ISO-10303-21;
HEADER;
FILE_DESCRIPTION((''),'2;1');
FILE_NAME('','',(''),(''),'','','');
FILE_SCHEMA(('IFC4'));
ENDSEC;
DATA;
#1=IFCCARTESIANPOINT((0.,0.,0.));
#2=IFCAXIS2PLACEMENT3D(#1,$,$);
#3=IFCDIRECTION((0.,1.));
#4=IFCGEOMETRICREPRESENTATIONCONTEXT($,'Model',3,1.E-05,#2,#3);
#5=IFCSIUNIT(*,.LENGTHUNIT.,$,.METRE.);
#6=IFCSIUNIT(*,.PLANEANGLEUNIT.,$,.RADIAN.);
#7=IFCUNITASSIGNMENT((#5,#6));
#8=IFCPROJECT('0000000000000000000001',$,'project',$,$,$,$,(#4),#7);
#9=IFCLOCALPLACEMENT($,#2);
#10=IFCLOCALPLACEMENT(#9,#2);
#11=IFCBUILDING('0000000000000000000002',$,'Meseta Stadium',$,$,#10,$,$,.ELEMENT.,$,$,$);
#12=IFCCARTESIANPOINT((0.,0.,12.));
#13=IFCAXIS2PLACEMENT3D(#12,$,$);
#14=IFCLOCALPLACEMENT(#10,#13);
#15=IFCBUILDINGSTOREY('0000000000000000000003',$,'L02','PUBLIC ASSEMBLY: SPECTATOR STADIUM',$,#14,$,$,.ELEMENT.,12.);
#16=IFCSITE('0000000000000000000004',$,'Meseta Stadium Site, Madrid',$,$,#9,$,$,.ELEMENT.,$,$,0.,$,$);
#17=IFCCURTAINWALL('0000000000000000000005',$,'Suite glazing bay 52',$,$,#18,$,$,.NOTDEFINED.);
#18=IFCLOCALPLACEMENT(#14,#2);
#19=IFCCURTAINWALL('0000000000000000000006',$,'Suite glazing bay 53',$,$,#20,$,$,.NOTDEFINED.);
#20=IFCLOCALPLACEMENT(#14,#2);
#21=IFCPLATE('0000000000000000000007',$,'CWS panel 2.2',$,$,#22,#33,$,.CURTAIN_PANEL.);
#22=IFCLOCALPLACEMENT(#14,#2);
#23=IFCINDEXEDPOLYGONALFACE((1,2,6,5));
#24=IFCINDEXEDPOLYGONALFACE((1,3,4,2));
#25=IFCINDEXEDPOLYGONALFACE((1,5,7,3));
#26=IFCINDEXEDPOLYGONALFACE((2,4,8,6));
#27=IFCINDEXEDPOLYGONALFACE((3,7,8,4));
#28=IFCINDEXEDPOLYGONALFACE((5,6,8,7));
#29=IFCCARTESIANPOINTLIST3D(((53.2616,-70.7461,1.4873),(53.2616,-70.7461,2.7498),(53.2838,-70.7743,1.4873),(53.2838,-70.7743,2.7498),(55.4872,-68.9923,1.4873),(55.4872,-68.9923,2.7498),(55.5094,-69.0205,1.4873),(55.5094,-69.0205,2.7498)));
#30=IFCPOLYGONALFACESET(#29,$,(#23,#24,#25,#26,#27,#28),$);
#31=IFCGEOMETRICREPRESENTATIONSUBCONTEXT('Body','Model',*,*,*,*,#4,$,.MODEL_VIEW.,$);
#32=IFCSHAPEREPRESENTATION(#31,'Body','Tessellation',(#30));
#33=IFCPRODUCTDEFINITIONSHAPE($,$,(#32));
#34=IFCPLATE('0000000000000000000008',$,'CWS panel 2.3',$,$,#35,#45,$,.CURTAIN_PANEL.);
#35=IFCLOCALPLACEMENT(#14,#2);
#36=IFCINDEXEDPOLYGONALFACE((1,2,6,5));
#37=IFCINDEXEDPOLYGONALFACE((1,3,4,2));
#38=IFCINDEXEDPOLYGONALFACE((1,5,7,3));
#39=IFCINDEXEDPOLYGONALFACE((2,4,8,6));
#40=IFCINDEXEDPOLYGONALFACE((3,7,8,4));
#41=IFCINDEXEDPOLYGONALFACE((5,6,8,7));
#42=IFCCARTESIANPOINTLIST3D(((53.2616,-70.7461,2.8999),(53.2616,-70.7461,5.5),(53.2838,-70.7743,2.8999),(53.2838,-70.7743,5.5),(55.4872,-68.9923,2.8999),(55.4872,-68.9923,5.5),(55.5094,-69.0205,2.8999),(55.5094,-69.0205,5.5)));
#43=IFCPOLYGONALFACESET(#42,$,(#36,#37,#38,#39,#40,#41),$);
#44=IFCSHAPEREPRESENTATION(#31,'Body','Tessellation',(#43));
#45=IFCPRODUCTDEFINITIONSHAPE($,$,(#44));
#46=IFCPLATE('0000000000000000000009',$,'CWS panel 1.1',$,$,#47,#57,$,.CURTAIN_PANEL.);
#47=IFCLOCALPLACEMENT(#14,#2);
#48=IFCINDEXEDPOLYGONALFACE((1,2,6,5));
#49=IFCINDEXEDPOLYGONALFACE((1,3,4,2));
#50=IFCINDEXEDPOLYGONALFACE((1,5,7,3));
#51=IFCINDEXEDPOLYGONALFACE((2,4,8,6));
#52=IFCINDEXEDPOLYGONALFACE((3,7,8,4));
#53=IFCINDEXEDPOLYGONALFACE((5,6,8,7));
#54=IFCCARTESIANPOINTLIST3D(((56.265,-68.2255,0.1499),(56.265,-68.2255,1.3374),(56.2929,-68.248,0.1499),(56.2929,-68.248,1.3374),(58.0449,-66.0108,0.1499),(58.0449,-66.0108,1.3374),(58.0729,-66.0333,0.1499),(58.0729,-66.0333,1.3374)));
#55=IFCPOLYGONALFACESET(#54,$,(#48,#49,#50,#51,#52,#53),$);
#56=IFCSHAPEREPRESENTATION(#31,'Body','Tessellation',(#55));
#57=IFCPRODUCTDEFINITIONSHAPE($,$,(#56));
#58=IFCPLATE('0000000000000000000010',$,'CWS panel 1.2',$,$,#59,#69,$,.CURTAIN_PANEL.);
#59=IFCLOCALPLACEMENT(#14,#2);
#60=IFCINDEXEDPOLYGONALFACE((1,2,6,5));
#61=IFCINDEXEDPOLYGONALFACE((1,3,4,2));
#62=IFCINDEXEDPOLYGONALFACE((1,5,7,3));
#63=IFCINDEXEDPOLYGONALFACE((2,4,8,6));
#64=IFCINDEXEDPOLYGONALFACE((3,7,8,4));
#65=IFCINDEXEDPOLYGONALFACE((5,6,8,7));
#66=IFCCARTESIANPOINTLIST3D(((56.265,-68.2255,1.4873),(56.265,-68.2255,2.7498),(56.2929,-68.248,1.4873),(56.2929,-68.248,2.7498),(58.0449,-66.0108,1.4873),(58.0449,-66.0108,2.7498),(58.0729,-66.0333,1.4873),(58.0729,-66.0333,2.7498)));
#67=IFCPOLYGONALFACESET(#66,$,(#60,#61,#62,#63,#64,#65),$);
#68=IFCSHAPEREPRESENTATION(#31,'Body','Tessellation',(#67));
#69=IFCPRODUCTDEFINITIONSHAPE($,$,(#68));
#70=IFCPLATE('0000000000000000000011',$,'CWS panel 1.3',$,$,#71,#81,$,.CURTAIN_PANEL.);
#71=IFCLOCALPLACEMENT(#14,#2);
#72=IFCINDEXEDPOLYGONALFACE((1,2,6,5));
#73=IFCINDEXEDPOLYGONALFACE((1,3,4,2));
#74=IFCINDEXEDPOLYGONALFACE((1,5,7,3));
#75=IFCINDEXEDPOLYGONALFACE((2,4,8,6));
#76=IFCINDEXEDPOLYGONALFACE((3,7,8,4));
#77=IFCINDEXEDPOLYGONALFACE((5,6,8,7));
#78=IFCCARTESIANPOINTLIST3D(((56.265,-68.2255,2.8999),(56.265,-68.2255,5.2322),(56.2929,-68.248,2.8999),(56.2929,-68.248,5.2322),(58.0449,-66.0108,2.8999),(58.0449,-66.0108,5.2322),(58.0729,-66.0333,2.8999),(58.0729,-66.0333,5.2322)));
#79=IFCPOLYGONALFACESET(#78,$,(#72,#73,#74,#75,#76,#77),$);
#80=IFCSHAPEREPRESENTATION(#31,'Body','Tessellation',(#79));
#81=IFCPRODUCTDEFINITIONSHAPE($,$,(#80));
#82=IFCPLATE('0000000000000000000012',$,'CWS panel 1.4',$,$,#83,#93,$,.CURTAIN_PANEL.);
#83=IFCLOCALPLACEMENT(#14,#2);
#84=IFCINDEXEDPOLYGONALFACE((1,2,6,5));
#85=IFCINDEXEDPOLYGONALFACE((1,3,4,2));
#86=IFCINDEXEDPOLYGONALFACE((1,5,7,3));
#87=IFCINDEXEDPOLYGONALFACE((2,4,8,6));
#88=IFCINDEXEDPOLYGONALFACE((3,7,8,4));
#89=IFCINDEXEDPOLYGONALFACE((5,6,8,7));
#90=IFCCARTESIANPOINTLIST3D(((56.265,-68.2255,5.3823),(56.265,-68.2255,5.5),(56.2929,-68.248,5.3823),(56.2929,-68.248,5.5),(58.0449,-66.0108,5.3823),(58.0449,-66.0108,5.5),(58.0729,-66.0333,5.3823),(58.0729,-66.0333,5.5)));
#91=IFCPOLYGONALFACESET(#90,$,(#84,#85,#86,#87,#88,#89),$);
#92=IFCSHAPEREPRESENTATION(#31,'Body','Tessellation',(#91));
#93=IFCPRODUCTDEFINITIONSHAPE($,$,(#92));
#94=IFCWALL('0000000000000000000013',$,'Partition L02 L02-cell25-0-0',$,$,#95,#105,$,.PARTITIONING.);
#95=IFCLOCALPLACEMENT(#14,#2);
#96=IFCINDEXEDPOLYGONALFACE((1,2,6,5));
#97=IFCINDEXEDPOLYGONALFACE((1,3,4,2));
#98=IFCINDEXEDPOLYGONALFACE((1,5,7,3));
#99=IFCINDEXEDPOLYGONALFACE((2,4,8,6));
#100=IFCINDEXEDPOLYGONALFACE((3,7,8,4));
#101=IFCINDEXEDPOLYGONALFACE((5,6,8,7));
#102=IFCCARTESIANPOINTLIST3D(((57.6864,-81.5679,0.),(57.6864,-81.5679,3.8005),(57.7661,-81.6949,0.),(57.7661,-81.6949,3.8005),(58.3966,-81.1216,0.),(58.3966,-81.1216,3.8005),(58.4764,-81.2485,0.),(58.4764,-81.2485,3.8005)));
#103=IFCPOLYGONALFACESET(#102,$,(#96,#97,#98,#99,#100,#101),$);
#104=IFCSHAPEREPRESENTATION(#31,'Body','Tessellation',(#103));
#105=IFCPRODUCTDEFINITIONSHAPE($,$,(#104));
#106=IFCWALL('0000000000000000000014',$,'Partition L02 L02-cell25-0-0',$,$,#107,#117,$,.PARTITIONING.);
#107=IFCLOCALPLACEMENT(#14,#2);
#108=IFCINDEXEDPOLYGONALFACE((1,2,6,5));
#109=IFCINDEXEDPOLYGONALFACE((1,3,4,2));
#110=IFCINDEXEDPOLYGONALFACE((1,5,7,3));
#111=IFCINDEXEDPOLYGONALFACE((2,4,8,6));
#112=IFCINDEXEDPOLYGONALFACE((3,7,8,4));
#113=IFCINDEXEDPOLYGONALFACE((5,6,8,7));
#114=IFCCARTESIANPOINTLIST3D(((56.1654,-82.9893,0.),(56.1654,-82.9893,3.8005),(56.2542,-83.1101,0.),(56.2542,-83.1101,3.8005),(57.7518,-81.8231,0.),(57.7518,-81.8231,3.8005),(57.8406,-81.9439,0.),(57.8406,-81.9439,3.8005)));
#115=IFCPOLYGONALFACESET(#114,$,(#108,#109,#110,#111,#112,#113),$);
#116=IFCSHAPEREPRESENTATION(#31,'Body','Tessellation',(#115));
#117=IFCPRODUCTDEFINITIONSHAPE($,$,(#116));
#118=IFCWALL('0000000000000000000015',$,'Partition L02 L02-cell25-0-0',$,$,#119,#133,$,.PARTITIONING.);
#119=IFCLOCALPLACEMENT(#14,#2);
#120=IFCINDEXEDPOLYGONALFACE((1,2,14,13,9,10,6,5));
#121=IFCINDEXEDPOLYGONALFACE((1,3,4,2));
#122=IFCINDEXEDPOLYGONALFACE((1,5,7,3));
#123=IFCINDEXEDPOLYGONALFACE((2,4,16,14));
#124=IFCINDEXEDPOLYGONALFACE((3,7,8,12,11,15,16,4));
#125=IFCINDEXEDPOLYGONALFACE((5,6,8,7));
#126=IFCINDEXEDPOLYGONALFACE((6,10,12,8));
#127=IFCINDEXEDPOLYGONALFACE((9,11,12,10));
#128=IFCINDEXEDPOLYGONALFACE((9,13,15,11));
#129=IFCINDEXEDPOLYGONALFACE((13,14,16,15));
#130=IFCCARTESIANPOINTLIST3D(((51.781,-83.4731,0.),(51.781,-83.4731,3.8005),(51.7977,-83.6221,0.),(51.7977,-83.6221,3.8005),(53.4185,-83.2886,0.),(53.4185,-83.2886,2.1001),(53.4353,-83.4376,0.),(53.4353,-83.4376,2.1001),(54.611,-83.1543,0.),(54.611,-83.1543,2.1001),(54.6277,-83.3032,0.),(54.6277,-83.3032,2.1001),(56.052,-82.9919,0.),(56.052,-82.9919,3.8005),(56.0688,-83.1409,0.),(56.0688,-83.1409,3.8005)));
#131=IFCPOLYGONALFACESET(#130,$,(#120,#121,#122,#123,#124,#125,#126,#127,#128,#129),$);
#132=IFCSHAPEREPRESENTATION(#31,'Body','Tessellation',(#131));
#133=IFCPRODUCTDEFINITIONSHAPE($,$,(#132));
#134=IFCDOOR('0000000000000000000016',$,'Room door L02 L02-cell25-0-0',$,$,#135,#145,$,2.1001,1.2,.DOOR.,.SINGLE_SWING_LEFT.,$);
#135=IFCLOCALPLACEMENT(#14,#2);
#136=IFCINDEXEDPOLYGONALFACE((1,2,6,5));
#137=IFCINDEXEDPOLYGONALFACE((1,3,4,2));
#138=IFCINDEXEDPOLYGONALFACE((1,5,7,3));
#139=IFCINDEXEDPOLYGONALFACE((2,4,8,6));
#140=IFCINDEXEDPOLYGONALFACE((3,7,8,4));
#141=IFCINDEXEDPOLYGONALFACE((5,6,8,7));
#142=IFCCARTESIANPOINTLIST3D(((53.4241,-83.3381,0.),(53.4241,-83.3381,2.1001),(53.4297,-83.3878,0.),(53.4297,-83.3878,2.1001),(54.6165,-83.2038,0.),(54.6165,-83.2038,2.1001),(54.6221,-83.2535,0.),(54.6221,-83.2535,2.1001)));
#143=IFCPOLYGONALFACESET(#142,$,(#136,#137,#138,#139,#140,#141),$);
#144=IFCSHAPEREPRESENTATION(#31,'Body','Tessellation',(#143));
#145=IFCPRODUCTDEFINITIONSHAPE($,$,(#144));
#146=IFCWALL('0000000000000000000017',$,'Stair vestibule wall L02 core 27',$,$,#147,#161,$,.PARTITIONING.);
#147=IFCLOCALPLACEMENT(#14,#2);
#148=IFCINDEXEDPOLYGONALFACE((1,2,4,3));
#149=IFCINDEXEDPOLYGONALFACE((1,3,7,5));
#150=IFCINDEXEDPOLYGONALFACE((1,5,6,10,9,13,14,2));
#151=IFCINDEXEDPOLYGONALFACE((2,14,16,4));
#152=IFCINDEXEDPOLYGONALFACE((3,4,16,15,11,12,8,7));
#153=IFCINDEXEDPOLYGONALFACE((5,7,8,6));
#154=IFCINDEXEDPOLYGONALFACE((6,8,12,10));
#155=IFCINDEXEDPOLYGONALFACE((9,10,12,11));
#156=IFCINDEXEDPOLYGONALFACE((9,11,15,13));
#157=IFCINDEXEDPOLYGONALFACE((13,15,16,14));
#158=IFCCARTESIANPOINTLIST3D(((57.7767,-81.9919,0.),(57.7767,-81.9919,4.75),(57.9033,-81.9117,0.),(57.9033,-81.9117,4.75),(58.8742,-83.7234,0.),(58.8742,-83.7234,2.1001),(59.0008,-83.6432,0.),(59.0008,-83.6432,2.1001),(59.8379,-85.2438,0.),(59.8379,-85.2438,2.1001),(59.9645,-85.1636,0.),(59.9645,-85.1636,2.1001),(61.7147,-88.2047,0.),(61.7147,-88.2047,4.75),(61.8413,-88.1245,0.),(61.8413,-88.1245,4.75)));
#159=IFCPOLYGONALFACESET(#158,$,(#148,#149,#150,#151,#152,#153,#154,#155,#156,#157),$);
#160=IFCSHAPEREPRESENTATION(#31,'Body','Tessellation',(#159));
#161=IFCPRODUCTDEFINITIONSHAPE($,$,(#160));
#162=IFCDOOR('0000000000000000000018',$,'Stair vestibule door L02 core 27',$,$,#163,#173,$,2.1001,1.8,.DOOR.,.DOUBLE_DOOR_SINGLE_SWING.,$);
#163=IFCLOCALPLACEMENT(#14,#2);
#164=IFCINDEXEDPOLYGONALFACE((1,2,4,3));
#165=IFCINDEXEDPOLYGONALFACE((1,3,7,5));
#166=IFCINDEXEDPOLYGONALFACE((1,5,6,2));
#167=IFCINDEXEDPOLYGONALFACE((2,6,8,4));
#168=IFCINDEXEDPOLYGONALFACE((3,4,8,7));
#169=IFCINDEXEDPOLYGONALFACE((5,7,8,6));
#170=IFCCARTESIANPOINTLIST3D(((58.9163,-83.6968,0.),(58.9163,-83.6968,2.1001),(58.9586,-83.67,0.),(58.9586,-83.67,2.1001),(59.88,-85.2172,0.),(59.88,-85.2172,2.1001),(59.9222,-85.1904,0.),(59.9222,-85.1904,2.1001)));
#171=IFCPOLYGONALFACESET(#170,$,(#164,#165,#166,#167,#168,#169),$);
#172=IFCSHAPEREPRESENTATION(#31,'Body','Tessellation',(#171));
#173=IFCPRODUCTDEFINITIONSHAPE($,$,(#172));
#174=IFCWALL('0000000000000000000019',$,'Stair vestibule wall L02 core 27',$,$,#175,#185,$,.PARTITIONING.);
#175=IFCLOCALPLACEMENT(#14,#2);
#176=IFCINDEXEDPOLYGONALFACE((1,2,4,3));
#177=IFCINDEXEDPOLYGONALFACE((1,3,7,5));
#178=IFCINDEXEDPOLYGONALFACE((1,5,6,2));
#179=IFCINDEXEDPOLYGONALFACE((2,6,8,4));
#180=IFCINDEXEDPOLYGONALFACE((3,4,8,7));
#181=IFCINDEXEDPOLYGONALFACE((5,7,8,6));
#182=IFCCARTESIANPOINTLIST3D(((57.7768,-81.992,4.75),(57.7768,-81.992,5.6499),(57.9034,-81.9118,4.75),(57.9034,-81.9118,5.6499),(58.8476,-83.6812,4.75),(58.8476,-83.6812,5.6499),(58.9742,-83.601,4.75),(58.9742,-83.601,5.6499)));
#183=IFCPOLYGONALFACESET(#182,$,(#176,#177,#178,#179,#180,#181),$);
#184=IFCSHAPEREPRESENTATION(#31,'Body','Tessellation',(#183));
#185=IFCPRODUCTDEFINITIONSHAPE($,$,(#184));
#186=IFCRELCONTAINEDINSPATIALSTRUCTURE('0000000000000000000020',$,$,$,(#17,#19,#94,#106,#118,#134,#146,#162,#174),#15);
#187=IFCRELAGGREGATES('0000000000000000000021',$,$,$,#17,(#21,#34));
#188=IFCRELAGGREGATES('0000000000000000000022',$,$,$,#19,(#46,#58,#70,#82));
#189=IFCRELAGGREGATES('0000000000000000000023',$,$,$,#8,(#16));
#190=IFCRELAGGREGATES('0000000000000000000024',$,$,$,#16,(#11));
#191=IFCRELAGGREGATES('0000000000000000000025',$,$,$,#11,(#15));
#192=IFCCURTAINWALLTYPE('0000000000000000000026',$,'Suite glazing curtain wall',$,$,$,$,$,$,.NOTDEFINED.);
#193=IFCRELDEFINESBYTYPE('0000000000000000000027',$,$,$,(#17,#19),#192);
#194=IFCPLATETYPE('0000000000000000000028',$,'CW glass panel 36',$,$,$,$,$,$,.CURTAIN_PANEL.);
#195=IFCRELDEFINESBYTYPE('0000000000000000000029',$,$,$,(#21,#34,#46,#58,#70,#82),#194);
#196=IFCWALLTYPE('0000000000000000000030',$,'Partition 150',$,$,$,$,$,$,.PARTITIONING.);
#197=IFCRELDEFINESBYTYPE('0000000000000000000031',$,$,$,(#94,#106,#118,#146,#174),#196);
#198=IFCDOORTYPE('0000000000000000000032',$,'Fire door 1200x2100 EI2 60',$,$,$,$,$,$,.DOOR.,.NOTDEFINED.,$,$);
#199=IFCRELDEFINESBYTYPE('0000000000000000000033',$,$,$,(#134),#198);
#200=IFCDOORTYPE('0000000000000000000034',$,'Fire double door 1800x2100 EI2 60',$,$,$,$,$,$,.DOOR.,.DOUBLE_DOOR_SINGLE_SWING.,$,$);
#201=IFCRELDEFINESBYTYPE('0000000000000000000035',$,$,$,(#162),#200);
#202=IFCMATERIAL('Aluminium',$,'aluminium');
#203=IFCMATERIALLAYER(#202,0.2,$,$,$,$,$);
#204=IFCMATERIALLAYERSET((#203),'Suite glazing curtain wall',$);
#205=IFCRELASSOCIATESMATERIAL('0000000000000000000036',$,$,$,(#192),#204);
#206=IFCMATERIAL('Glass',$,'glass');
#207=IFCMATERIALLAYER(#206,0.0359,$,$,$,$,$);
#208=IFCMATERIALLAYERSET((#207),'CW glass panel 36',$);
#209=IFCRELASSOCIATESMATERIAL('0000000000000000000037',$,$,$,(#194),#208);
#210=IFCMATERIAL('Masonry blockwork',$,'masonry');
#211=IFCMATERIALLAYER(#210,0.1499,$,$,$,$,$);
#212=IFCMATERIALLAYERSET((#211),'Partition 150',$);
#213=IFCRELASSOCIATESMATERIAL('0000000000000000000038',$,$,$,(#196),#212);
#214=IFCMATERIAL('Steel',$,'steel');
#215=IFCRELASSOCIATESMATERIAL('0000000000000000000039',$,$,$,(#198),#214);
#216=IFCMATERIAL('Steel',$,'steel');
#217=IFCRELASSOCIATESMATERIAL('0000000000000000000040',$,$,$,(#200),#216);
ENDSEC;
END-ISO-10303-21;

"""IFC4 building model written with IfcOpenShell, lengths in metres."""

from ifc_helpers import new_model, si_unit, direction, frame, frame_2d, origin, origin_2d, place, context, subcontext, project, spatial, rectangle, extrude, material, layer, layer_set, type_object, element, fill, aggregate, save


model = new_model("IFC4")

# Units and contexts
model_context = context("Model", 3, precision=1e-05, world=origin(), true_north=direction((0.0, 1.0)))
body_context = subcontext(model_context, "Body", "Model", "MODEL_VIEW")
ifc_project = project(units=[si_unit("LENGTHUNIT", "METRE"), si_unit("PLANEANGLEUNIT", "RADIAN")], contexts=[model_context])

# Site, building, storey
site_placement = place(None, origin())
site = spatial("IfcSite", under=ifc_project, at=site_placement, Name="Meseta Stadium Site, Madrid", CompositionType="ELEMENT", RefElevation=0.0)
building_placement = place(site_placement, origin())
building = spatial("IfcBuilding", under=site, at=building_placement, Name="Meseta Stadium", CompositionType="ELEMENT")
storey_placement = place(building_placement, frame((0.0, 0.0, 12.0)))
storey = spatial("IfcBuildingStorey", under=building, at=storey_placement, Name="L02", Description="PUBLIC ASSEMBLY: SPECTATOR STADIUM", CompositionType="ELEMENT", Elevation=12.0)

# Curtain walls
ifc_material_1 = material(Name="Aluminium", Category="aluminium")
ifc_layer_1 = layer(ifc_material_1, 0.2)
ifc_layer_set_1 = layer_set([ifc_layer_1], Name="Suite glazing curtain wall")
curtain_wall_type = type_object("IfcCurtainWallType", Name="Suite glazing curtain wall", PredefinedType="NOTDEFINED", material=ifc_layer_set_1)
curtain_wall_1_placement = place(storey_placement, origin())
curtain_wall_1 = element("IfcCurtainWall", 1, at=curtain_wall_1_placement, inside=storey, type_object=curtain_wall_type, Name="Suite glazing bay 52", PredefinedType="NOTDEFINED")
curtain_wall_2_placement = place(storey_placement, origin())
curtain_wall_2 = element("IfcCurtainWall", 2, at=curtain_wall_2_placement, inside=storey, type_object=curtain_wall_type, Name="Suite glazing bay 53", PredefinedType="NOTDEFINED")

# Plates
ifc_material_2 = material(Name="Glass", Category="glass")
ifc_layer_2 = layer(ifc_material_2, 0.0359)
ifc_layer_set_2 = layer_set([ifc_layer_2], Name="CW glass panel 36")
plate_type = type_object("IfcPlateType", Name="CW glass panel 36", PredefinedType="CURTAIN_PANEL", material=ifc_layer_set_2)
plate_1_placement = place(storey_placement, frame((54.3855, -69.8833, 1.4873), z_axis=(0.0, 0.0, 1.0), x_axis=(0.785435, 0.618944, 0.0)))
plate_1 = element("IfcPlate", 3, at=plate_1_placement, type_object=plate_type, Name="CWS panel 2.2", PredefinedType="CURTAIN_PANEL", context=body_context, shape_type="SweptSolid", body=[
    extrude(rectangle(XDim=2.8335, YDim=0.0359, at=origin_2d()), origin(), (0.0, 0.0, 1.0), 1.2625),
])
plate_2_placement = place(storey_placement, frame((54.3855, -69.8833, 2.8999), z_axis=(0.0, 0.0, 1.0), x_axis=(0.785435, 0.618944, 0.0)))
plate_2 = element("IfcPlate", 4, at=plate_2_placement, type_object=plate_type, Name="CWS panel 2.3", PredefinedType="CURTAIN_PANEL", context=body_context, shape_type="SweptSolid", body=[
    extrude(rectangle(XDim=2.8335, YDim=0.0359, at=origin_2d()), origin(), (0.0, 0.0, 1.0), 2.6001),
])
aggregate(curtain_wall_1, [plate_1, plate_2])
plate_3_placement = place(storey_placement, frame((57.1689, -67.1294, 0.1499), z_axis=(0.0, 0.0, 1.0), x_axis=(0.62646, 0.779454, 0.0)))
plate_3 = element("IfcPlate", 5, at=plate_3_placement, type_object=plate_type, Name="CWS panel 1.1", PredefinedType="CURTAIN_PANEL", context=body_context, shape_type="SweptSolid", body=[
    extrude(rectangle(XDim=2.8413, YDim=0.0359, at=origin_2d()), origin(), (0.0, 0.0, 1.0), 1.1875),
])
plate_4_placement = place(storey_placement, frame((57.1689, -67.1294, 1.4873), z_axis=(0.0, 0.0, 1.0), x_axis=(0.62646, 0.779454, 0.0)))
plate_4 = element("IfcPlate", 6, at=plate_4_placement, type_object=plate_type, Name="CWS panel 1.2", PredefinedType="CURTAIN_PANEL", context=body_context, shape_type="SweptSolid", body=[
    extrude(rectangle(XDim=2.8413, YDim=0.0359, at=origin_2d()), origin(), (0.0, 0.0, 1.0), 1.2625),
])
plate_5_placement = place(storey_placement, frame((57.1689, -67.1294, 2.8999), z_axis=(0.0, 0.0, 1.0), x_axis=(0.62646, 0.779454, 0.0)))
plate_5 = element("IfcPlate", 7, at=plate_5_placement, type_object=plate_type, Name="CWS panel 1.3", PredefinedType="CURTAIN_PANEL", context=body_context, shape_type="SweptSolid", body=[
    extrude(rectangle(XDim=2.8413, YDim=0.0359, at=origin_2d()), origin(), (0.0, 0.0, 1.0), 2.3323),
])
plate_6_placement = place(storey_placement, frame((57.1689, -67.1294, 5.3823), z_axis=(0.0, 0.0, 1.0), x_axis=(0.62646, 0.779454, 0.0)))
plate_6 = element("IfcPlate", 8, at=plate_6_placement, type_object=plate_type, Name="CWS panel 1.4", PredefinedType="CURTAIN_PANEL", context=body_context, shape_type="SweptSolid", body=[
    extrude(rectangle(XDim=2.8413, YDim=0.0359, at=origin_2d()), origin(), (0.0, 0.0, 1.0), 0.1177),
])
aggregate(curtain_wall_2, [plate_3, plate_4, plate_5, plate_6])

# Walls
ifc_material_3 = material(Name="Masonry blockwork", Category="masonry")
ifc_layer_3 = layer(ifc_material_3, 0.1499)
ifc_layer_set_3 = layer_set([ifc_layer_3], Name="Partition 150")
wall_type = type_object("IfcWallType", Name="Partition 150", PredefinedType="PARTITIONING", material=ifc_layer_set_3)
wall_1_placement = place(storey_placement, frame((58.4365, -81.1851, 0.0), z_axis=(0.0, 0.0, 1.0), x_axis=(-0.846704, -0.532064, 0.0)))
element("IfcWall", 9, at=wall_1_placement, inside=storey, type_object=wall_type, Name="Partition L02 L02-cell25-0-0", PredefinedType="PARTITIONING", context=body_context, shape_type="SweptSolid", body=[
    extrude(rectangle(XDim=0.8389, YDim=0.1499, at=frame_2d((0.4194, 0.0))), origin(), (0.0, 0.0, 1.0), 3.8005),
])
wall_2_placement = place(storey_placement, frame((57.7961, -81.8835, 0.0), z_axis=(0.0, 0.0, 1.0), x_axis=(-0.805707, -0.592315, 0.0)))
element("IfcWall", 10, at=wall_2_placement, inside=storey, type_object=wall_type, Name="Partition L02 L02-cell25-0-0", PredefinedType="PARTITIONING", context=body_context, shape_type="SweptSolid", body=[
    extrude(rectangle(XDim=1.969, YDim=0.1499, at=frame_2d((0.9844, 0.0))), origin(), (0.0, 0.0, 1.0), 3.8005),
])

# Walls, openings, doors
wall_3_placement = place(storey_placement, frame((56.0603, -83.0664, 0.0), z_axis=(0.0, 0.0, 1.0), x_axis=(-0.993713, -0.111959, 0.0)))
wall_3 = element("IfcWall", 11, at=wall_3_placement, inside=storey, type_object=wall_type, Name="Partition L02 L02-cell25-0-0", PredefinedType="PARTITIONING", context=body_context, shape_type="SweptSolid", body=[
    extrude(rectangle(XDim=4.2981, YDim=0.1499, at=frame_2d((2.1489, 0.0))), origin(), (0.0, 0.0, 1.0), 3.8005),
])
opening_1_placement = place(wall_3_placement, frame((1.45, 0.0, 0.0)))
opening_1 = element("IfcOpeningElement", 12, at=opening_1_placement, cuts=wall_3, PredefinedType="OPENING", context=body_context, shape_type="SweptSolid", body=[
    extrude(rectangle(XDim=1.2, YDim=2.1001, at=frame_2d((0.6001, 1.05))), frame((0.0, 0.085, 0.0), z_axis=(0.0, -1.0, 0.0), x_axis=(1.0, 0.0, 0.0)), (0.0, 0.0, 1.0), 0.1699),
])
ifc_material_4 = material(Name="Steel", Category="steel")
door_type_1 = type_object("IfcDoorType", Name="Fire door 1200x2100 EI2 60", OperationType="NOTDEFINED", PredefinedType="DOOR", material=ifc_material_4)
door_1_placement = place(opening_1_placement, origin())
door_1 = element("IfcDoor", 13, at=door_1_placement, inside=storey, type_object=door_type_1, Name="Room door L02 L02-cell25-0-0", OperationType="SINGLE_SWING_LEFT", OverallHeight=2.1001, OverallWidth=1.2, PredefinedType="DOOR", context=body_context, shape_type="SweptSolid", body=[
    extrude(rectangle(XDim=1.2, YDim=2.1001, at=frame_2d((0.6001, 1.05))), frame((0.0, 0.0249, 0.0), z_axis=(0.0, -1.0, 0.0), x_axis=(1.0, 0.0, 0.0)), (0.0, 0.0, 1.0), 0.05),
])
fill(opening_1, door_1)
wall_4_placement = place(storey_placement, frame((57.8401, -81.9519, 0.0), z_axis=(0.0, 0.0, 1.0), x_axis=(0.535358, -0.844625, 0.0)))
wall_4 = element("IfcWall", 14, at=wall_4_placement, inside=storey, type_object=wall_type, Name="Stair vestibule wall L02 core 27", PredefinedType="PARTITIONING", context=body_context, shape_type="SweptSolid", body=[
    extrude(rectangle(XDim=7.3557, YDim=0.1499, at=frame_2d((3.6777, 0.0))), origin(), (0.0, 0.0, 1.0), 4.75),
])
opening_2_placement = place(wall_4_placement, frame((2.05, 0.0, 0.0)))
opening_2 = element("IfcOpeningElement", 15, at=opening_2_placement, cuts=wall_4, PredefinedType="OPENING", context=body_context, shape_type="SweptSolid", body=[
    extrude(rectangle(XDim=1.8, YDim=2.1001, at=frame_2d((0.8999, 1.05))), frame((0.0, 0.085, 0.0), z_axis=(0.0, -1.0, 0.0), x_axis=(1.0, 0.0, 0.0)), (0.0, 0.0, 1.0), 0.1699),
])
ifc_material_5 = material(Name="Steel", Category="steel")
door_type_2 = type_object("IfcDoorType", Name="Fire double door 1800x2100 EI2 60", OperationType="DOUBLE_DOOR_SINGLE_SWING", PredefinedType="DOOR", material=ifc_material_5)
door_2_placement = place(opening_2_placement, origin())
door_2 = element("IfcDoor", 16, at=door_2_placement, inside=storey, type_object=door_type_2, Name="Stair vestibule door L02 core 27", OperationType="DOUBLE_DOOR_SINGLE_SWING", OverallHeight=2.1001, OverallWidth=1.8, PredefinedType="DOOR", context=body_context, shape_type="SweptSolid", body=[
    extrude(rectangle(XDim=1.8, YDim=2.1001, at=frame_2d((0.8999, 1.05))), frame((0.0, 0.0249, 0.0), z_axis=(0.0, -1.0, 0.0), x_axis=(1.0, 0.0, 0.0)), (0.0, 0.0, 1.0), 0.05),
])
fill(opening_2, door_2)

# Wall
wall_5_placement = place(storey_placement, frame((57.8401, -81.9519, 4.75), z_axis=(0.0, 0.0, 1.0), x_axis=(0.535398, -0.8446, 0.0)))
element("IfcWall", 17, at=wall_5_placement, inside=storey, type_object=wall_type, Name="Stair vestibule wall L02 core 27", PredefinedType="PARTITIONING", context=body_context, shape_type="SweptSolid", body=[
    extrude(rectangle(XDim=2.0, YDim=0.1499, at=frame_2d((1.0, 0.0))), origin(), (0.0, 0.0, 1.0), 0.8999),
])

save(model, "model.ifc")
